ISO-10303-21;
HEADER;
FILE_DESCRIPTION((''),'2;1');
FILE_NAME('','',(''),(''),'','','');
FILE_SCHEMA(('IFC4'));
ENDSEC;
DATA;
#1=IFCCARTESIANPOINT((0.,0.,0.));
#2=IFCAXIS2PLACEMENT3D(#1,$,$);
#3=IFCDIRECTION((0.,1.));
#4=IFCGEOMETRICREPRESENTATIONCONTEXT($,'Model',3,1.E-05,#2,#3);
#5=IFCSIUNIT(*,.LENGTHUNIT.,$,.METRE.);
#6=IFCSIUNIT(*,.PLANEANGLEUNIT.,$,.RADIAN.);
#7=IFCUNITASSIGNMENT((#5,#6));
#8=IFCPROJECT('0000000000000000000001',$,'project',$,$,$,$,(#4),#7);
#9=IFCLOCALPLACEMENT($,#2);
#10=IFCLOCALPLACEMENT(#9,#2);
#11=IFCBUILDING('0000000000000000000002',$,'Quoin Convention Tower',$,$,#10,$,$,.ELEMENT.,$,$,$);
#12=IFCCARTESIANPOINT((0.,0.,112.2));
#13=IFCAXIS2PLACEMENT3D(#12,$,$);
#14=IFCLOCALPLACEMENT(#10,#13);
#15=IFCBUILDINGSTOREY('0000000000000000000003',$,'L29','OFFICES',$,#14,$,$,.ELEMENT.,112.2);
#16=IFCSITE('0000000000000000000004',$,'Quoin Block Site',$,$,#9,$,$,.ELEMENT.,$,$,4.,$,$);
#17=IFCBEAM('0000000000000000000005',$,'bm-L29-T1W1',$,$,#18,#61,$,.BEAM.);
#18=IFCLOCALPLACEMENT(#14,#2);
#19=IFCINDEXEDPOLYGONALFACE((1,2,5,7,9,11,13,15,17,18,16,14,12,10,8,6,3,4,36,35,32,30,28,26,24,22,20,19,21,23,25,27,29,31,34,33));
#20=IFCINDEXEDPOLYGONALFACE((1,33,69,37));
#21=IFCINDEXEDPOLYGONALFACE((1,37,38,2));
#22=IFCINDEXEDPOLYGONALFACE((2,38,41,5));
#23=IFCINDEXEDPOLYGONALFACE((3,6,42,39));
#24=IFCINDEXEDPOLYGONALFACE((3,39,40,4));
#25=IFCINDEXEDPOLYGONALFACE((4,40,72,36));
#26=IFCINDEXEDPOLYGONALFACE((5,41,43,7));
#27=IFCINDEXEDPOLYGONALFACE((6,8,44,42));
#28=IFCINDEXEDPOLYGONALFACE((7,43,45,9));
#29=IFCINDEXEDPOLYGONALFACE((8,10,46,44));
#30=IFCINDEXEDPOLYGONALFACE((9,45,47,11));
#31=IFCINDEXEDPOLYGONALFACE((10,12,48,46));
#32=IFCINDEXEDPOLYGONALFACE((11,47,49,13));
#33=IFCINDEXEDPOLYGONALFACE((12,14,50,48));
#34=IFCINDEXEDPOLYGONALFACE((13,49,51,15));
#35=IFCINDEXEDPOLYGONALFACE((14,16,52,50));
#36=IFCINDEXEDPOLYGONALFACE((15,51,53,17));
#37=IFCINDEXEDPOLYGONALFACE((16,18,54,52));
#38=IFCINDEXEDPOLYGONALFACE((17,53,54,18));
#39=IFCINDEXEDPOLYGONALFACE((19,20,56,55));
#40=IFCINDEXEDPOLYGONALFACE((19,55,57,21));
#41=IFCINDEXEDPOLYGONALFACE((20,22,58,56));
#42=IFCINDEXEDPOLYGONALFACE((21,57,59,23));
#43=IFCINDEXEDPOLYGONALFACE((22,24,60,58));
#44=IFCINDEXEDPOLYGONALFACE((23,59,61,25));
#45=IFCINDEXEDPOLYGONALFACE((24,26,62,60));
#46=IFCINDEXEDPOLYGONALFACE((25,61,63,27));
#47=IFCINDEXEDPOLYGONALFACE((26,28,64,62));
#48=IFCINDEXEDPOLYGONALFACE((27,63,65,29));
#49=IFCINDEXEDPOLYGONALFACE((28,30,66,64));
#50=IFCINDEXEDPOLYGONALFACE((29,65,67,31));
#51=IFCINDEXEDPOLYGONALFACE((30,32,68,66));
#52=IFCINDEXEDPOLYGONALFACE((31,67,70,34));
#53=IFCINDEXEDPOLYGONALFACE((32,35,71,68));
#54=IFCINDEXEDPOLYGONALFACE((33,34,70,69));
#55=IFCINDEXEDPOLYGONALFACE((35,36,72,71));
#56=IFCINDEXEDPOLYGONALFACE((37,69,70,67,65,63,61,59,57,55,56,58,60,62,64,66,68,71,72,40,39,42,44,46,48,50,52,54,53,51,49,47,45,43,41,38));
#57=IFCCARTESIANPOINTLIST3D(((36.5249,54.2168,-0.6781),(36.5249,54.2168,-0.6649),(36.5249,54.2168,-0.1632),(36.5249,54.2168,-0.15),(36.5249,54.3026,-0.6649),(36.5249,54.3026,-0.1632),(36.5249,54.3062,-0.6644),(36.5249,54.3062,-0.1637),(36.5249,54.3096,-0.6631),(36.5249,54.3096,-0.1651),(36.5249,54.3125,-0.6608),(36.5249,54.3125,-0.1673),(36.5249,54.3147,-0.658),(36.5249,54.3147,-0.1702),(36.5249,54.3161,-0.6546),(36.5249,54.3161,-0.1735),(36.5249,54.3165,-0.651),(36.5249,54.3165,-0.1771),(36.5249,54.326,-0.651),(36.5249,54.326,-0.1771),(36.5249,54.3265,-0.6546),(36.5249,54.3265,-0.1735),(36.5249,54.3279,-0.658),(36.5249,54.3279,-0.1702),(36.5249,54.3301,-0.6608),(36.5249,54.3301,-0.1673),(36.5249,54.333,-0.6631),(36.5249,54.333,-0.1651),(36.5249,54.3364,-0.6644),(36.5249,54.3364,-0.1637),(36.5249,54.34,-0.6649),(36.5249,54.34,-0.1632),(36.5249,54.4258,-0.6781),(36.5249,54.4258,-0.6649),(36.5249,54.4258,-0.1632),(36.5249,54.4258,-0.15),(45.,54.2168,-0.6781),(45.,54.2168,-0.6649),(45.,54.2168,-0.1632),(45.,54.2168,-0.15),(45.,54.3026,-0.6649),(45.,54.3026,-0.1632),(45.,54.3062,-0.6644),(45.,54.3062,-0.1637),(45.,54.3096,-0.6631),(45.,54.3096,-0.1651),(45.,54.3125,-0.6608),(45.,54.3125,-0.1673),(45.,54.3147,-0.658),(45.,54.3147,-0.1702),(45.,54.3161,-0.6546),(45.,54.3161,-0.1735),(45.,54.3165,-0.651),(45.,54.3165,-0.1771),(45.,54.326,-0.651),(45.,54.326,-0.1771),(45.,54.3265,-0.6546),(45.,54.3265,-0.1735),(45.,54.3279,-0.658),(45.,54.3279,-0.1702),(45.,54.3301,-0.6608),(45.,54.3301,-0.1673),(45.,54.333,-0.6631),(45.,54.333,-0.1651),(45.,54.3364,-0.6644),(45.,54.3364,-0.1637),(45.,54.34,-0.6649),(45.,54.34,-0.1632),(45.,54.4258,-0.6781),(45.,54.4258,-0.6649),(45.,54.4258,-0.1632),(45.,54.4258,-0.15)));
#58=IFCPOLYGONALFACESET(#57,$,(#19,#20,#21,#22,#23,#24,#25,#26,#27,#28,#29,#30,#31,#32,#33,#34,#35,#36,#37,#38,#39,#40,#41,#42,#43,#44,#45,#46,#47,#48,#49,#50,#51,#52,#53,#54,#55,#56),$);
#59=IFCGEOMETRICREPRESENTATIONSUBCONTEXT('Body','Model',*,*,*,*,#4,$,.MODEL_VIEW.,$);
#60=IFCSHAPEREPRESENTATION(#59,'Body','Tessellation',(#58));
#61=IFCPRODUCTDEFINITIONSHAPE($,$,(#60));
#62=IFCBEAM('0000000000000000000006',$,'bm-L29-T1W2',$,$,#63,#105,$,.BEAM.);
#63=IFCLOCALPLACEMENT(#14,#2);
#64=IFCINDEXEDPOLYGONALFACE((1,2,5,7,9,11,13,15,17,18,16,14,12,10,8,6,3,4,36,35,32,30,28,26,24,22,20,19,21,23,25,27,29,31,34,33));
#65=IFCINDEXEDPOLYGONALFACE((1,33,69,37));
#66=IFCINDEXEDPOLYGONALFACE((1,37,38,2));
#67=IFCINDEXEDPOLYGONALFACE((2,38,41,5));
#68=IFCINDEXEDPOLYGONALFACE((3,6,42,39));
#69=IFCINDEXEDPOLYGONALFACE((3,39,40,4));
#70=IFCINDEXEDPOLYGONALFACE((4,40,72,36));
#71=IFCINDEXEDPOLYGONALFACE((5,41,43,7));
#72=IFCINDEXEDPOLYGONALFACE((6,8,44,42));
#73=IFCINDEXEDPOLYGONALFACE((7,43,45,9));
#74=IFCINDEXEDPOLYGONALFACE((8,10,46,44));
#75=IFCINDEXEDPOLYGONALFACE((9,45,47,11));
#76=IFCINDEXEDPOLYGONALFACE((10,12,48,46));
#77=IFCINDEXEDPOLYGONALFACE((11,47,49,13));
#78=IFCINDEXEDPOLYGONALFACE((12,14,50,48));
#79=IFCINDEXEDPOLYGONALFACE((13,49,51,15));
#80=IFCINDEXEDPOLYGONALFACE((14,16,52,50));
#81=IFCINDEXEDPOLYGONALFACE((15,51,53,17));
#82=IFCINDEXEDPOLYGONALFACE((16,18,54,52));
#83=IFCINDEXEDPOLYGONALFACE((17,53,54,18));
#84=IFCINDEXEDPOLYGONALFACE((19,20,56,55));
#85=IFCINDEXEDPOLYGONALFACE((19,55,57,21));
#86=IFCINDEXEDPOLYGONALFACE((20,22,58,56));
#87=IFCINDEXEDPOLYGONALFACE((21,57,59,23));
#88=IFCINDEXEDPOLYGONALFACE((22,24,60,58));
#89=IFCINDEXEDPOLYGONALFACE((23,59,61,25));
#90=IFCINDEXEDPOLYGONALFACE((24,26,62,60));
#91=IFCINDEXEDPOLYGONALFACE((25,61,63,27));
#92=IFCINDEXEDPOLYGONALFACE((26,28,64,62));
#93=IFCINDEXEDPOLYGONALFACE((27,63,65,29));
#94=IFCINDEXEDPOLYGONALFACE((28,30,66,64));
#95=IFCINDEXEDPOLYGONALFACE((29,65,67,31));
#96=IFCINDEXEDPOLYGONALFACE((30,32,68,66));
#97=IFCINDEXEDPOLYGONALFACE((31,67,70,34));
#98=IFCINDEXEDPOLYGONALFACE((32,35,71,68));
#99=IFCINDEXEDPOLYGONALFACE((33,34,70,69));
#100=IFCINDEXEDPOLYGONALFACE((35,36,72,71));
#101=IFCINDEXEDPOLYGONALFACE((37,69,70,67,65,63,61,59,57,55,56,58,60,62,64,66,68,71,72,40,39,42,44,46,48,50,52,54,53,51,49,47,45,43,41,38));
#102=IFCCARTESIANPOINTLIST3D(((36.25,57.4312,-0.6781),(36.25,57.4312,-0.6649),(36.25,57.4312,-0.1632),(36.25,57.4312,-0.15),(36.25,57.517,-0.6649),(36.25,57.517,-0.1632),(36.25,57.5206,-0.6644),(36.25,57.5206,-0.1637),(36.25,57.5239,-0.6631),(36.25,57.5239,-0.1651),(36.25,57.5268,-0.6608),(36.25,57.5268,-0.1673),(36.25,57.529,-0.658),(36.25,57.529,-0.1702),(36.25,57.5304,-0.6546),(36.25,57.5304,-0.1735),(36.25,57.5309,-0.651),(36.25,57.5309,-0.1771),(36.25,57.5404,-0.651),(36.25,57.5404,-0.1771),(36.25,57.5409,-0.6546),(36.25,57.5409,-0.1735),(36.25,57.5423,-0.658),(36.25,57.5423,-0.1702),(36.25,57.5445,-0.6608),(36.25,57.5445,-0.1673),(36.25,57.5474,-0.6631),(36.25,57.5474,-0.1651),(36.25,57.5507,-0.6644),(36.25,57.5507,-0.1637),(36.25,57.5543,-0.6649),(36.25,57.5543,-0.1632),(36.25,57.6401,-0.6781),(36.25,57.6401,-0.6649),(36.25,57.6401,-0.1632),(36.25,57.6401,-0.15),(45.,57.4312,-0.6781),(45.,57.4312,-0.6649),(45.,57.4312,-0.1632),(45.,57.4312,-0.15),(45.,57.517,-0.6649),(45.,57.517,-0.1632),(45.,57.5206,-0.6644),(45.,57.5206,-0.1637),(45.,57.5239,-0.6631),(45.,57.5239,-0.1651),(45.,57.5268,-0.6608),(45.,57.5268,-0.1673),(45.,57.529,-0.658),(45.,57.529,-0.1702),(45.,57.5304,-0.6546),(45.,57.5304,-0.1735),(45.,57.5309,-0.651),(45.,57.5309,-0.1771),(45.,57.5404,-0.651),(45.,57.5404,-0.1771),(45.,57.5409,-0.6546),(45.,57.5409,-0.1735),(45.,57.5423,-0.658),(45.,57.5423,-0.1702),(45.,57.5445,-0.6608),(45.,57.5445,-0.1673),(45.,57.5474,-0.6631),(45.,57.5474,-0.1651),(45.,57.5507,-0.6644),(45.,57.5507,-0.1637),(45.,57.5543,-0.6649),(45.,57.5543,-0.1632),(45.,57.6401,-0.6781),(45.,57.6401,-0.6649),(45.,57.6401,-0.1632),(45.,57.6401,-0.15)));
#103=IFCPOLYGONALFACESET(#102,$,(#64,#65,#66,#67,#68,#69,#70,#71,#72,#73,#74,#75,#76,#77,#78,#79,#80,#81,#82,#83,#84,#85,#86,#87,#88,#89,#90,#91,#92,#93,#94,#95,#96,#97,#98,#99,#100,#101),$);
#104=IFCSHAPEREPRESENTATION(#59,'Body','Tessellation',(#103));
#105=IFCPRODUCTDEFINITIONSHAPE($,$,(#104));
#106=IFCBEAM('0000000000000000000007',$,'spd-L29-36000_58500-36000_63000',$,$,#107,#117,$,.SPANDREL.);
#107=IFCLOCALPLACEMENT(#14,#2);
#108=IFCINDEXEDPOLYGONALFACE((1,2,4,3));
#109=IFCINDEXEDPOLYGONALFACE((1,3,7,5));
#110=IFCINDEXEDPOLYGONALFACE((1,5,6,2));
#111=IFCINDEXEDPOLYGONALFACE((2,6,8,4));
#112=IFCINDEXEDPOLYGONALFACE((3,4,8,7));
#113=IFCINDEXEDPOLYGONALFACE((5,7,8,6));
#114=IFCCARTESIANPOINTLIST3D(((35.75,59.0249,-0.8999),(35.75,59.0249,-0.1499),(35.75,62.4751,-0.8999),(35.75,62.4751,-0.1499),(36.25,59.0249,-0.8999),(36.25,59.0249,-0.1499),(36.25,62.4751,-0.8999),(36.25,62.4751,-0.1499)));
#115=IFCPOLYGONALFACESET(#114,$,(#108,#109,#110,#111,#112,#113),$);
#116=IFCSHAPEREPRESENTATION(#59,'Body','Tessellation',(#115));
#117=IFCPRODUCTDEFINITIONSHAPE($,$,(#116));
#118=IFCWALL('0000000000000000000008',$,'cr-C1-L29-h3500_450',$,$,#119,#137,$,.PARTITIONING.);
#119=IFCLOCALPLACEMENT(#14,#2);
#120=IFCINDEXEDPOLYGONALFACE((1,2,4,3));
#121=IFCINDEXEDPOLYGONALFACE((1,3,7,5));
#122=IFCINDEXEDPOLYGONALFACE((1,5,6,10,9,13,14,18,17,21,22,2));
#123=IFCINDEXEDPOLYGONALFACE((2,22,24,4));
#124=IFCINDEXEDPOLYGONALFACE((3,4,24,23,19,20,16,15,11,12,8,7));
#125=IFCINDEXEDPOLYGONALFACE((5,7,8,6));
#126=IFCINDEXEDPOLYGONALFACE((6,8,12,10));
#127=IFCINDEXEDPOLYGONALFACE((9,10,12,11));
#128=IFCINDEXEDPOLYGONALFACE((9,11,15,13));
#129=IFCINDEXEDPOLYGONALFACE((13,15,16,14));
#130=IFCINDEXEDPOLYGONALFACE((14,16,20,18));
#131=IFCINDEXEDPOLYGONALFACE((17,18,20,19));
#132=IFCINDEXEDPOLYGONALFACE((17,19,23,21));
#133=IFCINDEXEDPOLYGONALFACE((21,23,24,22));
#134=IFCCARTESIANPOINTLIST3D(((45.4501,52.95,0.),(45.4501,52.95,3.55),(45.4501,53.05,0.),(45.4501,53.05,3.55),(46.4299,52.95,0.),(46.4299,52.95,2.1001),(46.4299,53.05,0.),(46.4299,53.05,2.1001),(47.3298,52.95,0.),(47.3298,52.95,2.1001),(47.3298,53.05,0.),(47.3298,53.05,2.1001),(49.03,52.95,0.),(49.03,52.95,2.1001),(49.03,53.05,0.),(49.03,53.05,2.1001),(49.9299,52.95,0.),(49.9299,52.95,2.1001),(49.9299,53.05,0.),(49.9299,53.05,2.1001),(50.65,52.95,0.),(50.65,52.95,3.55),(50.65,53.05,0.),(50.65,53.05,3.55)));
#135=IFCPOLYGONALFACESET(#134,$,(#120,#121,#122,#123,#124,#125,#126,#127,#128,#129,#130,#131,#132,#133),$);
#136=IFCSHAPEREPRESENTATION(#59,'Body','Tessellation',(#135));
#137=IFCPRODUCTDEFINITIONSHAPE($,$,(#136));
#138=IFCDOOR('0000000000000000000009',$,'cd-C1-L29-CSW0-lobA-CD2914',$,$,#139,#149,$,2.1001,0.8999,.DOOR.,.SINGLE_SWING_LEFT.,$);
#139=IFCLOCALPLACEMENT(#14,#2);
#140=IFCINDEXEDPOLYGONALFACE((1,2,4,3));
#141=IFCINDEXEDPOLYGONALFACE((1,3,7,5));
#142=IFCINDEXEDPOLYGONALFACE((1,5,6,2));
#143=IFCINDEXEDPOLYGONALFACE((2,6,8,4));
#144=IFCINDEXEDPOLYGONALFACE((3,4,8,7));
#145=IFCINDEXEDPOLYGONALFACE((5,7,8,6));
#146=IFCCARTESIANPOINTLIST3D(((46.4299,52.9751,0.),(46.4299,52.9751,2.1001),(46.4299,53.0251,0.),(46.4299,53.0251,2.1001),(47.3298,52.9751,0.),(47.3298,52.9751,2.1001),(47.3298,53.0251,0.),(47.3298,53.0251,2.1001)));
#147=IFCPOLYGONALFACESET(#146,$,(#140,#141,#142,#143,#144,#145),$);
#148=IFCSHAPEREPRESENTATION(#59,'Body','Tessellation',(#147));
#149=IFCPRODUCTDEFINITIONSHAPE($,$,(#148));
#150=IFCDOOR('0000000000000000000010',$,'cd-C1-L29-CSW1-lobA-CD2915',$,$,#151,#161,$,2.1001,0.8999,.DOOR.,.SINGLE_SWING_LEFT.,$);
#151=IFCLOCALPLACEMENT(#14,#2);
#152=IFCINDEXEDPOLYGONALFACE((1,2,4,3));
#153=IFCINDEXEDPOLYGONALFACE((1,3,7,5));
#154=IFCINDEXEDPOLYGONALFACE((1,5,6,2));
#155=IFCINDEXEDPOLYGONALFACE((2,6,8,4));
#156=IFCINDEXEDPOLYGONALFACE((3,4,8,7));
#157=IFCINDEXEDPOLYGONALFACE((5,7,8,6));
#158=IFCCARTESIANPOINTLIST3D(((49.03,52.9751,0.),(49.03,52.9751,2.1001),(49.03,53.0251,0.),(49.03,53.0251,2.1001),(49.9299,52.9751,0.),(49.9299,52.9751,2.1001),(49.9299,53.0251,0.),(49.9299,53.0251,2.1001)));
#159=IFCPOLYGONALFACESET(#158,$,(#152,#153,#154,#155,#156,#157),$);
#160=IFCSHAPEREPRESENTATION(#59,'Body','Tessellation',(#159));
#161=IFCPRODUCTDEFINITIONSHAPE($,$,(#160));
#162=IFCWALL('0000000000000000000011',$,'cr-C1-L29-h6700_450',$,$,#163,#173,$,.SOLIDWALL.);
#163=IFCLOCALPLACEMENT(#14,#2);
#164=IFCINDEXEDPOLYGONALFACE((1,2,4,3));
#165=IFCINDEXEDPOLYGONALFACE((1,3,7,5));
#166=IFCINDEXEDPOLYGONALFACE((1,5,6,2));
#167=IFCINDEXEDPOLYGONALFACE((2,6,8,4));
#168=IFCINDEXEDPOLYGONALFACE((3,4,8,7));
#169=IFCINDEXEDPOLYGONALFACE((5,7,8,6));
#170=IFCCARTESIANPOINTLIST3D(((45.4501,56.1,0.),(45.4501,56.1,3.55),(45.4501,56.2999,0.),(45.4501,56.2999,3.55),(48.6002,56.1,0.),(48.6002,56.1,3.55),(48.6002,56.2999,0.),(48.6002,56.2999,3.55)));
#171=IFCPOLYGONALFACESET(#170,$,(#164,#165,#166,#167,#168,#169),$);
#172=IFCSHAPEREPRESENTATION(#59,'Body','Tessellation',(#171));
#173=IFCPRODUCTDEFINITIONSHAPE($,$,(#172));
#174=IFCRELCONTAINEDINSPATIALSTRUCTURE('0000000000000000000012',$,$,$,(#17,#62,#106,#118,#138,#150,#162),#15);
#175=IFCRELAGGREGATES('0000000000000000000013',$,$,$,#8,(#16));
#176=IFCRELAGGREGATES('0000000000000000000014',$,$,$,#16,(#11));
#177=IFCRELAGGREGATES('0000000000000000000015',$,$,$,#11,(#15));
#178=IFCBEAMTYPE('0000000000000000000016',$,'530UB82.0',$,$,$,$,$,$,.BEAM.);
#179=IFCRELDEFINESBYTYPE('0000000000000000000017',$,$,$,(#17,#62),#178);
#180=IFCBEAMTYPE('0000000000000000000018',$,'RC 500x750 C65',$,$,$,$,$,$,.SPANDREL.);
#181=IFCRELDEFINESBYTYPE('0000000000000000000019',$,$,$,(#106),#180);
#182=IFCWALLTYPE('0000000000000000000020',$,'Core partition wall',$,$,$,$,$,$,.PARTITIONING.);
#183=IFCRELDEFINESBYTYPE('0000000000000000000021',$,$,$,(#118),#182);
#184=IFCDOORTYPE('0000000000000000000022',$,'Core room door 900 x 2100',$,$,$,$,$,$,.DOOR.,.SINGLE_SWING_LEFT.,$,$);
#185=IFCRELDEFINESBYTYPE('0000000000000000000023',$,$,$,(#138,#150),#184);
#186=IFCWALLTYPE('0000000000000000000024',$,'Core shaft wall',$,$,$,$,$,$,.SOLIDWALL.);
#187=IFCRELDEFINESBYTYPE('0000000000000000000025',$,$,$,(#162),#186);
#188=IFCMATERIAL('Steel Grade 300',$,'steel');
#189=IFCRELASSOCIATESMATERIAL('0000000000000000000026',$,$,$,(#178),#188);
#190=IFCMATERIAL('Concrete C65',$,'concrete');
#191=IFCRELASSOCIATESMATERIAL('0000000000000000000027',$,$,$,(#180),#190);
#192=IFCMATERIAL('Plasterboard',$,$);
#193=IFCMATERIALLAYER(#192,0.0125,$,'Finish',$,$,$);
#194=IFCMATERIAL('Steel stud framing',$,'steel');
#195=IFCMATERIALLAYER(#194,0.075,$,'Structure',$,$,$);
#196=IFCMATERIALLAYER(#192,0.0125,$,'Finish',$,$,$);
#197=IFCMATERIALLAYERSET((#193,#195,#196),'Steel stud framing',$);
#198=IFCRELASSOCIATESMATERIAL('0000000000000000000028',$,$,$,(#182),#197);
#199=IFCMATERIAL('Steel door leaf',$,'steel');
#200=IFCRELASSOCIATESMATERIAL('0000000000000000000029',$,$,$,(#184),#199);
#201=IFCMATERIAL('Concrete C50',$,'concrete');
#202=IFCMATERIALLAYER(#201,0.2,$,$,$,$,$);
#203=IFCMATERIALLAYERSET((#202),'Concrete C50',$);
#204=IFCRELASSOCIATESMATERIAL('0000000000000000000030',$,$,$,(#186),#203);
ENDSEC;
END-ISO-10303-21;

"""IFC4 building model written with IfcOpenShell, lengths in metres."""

from ifc_helpers import new_model, si_unit, direction, frame, frame_2d, origin, origin_2d, place, context, subcontext, project, spatial, rectangle, i_section, extrude, material, layer, layer_set, material_profile, profile_set, type_object, element, fill, save


model = new_model("IFC4")

# Units and contexts
model_context = context("Model", 3, precision=1e-05, world=origin(), true_north=direction((0.0, 1.0)))
body_context = subcontext(model_context, "Body", "Model", "MODEL_VIEW")
ifc_project = project(units=[si_unit("LENGTHUNIT", "METRE"), si_unit("PLANEANGLEUNIT", "RADIAN")], contexts=[model_context])

# Site, building, storey
site_placement = place(None, origin())
site = spatial("IfcSite", under=ifc_project, at=site_placement, Name="Quoin Block Site", CompositionType="ELEMENT", RefElevation=4.0)
building_placement = place(site_placement, origin())
building = spatial("IfcBuilding", under=site, at=building_placement, Name="Quoin Convention Tower", CompositionType="ELEMENT")
storey_placement = place(building_placement, frame((0.0, 0.0, 112.2)))
storey = spatial("IfcBuildingStorey", under=building, at=storey_placement, Name="L29", Description="OFFICES", CompositionType="ELEMENT", Elevation=112.2)

# Beams
ifc_material_1 = material(Name="Steel Grade 300", Category="steel")
ifc_material_profile_1 = material_profile(ifc_material_1, i_section(OverallWidth=0.209, OverallDepth=0.5281, WebThickness=0.0095, FlangeThickness=0.0132, FilletRadius=0.0139, at=origin_2d()), Name="530UB82.0")
ifc_profile_set_1 = profile_set([ifc_material_profile_1], Name="Steel Grade 300")
beam_type_1 = type_object("IfcBeamType", Name="530UB82.0", PredefinedType="BEAM", material=ifc_profile_set_1)
beam_1_placement = place(storey_placement, frame((36.5249, 54.3213, -0.4141), z_axis=(1.0, 0.0, 0.0), x_axis=(0.0, 1.0, 0.0)))
element("IfcBeam", 1, at=beam_1_placement, inside=storey, type_object=beam_type_1, Name="bm-L29-T1W1", PredefinedType="BEAM", context=body_context, shape_type="SweptSolid", body=[
    extrude(i_section(OverallWidth=0.209, OverallDepth=0.5281, WebThickness=0.0095, FlangeThickness=0.0132, FilletRadius=0.0139, at=origin_2d()), origin(), (0.0, 0.0, 1.0), 8.4751),
])
beam_2_placement = place(storey_placement, frame((36.25, 57.5356, -0.4141), z_axis=(1.0, 0.0, 0.0), x_axis=(0.0, 1.0, 0.0)))
element("IfcBeam", 2, at=beam_2_placement, inside=storey, type_object=beam_type_1, Name="bm-L29-T1W2", PredefinedType="BEAM", context=body_context, shape_type="SweptSolid", body=[
    extrude(i_section(OverallWidth=0.209, OverallDepth=0.5281, WebThickness=0.0095, FlangeThickness=0.0132, FilletRadius=0.0139, at=origin_2d()), origin(), (0.0, 0.0, 1.0), 8.75),
])
ifc_material_2 = material(Name="Concrete C65", Category="concrete")
ifc_material_profile_2 = material_profile(ifc_material_2, rectangle(XDim=0.5, YDim=0.75, at=origin_2d()), Name="RC 500x750")
ifc_profile_set_2 = profile_set([ifc_material_profile_2], Name="Concrete C65")
beam_type_2 = type_object("IfcBeamType", Name="RC 500x750 C65", PredefinedType="SPANDREL", material=ifc_profile_set_2)
beam_3_placement = place(storey_placement, frame((36.0, 59.0249, -0.5249), z_axis=(0.0, 1.0, 0.0), x_axis=(-1.0, 0.0, 0.0)))
element("IfcBeam", 3, at=beam_3_placement, inside=storey, type_object=beam_type_2, Name="spd-L29-36000_58500-36000_63000", PredefinedType="SPANDREL", context=body_context, shape_type="SweptSolid", body=[
    extrude(rectangle(XDim=0.5, YDim=0.75, at=origin_2d()), origin(), (0.0, 0.0, 1.0), 3.4502),
])

# Wall, openings, doors
ifc_material_3 = material(Name="Plasterboard")
ifc_layer_1 = layer(ifc_material_3, 0.0125, Name="Finish")
ifc_material_4 = material(Name="Steel stud framing", Category="steel")
ifc_layer_2 = layer(ifc_material_4, 0.075, Name="Structure")
ifc_layer_3 = layer(ifc_material_3, 0.0125, Name="Finish")
ifc_layer_set_1 = layer_set([ifc_layer_1, ifc_layer_2, ifc_layer_3], Name="Steel stud framing")
wall_type_1 = type_object("IfcWallType", Name="Core partition wall", PredefinedType="PARTITIONING", material=ifc_layer_set_1)
wall_1_placement = place(storey_placement, frame((45.45, 53.0, 0.0), z_axis=(0.0, 0.0, 1.0), x_axis=(1.0, 0.0, 0.0)))
wall_1 = element("IfcWall", 4, at=wall_1_placement, inside=storey, type_object=wall_type_1, Name="cr-C1-L29-h3500_450", PredefinedType="PARTITIONING", context=body_context, shape_type="SweptSolid", body=[
    extrude(rectangle(XDim=5.2, YDim=0.1001, at=frame_2d((2.6001, 0.0))), origin(), (0.0, 0.0, 1.0), 3.55),
])
opening_1_placement = place(wall_1_placement, frame((0.98, 0.0, 0.0)))
opening_1 = element("IfcOpeningElement", 5, at=opening_1_placement, cuts=wall_1, PredefinedType="OPENING", context=body_context, shape_type="SweptSolid", body=[
    extrude(rectangle(XDim=0.8999, YDim=2.1001, at=frame_2d((0.45, 1.05))), frame((0.0, 0.0601, 0.0), z_axis=(0.0, -1.0, 0.0), x_axis=(1.0, 0.0, 0.0)), (0.0, 0.0, 1.0), 0.1201),
])
opening_2_placement = place(wall_1_placement, frame((3.5801, 0.0, 0.0)))
opening_2 = element("IfcOpeningElement", 6, at=opening_2_placement, cuts=wall_1, PredefinedType="OPENING", context=body_context, shape_type="SweptSolid", body=[
    extrude(rectangle(XDim=0.8999, YDim=2.1001, at=frame_2d((0.45, 1.05))), frame((0.0, 0.0601, 0.0), z_axis=(0.0, -1.0, 0.0), x_axis=(1.0, 0.0, 0.0)), (0.0, 0.0, 1.0), 0.1201),
])
ifc_material_5 = material(Name="Steel door leaf", Category="steel")
door_type_1 = type_object("IfcDoorType", Name="Core room door 900 x 2100", OperationType="SINGLE_SWING_LEFT", PredefinedType="DOOR", material=ifc_material_5)
door_1_placement = place(opening_1_placement, frame((0.8999, 0.0, 0.0), z_axis=(0.0, 0.0, 1.0), x_axis=(-1.0, 0.0, 0.0)))
door_1 = element("IfcDoor", 7, at=door_1_placement, inside=storey, type_object=door_type_1, Name="cd-C1-L29-CSW0-lobA-CD2914", OperationType="SINGLE_SWING_LEFT", OverallHeight=2.1001, OverallWidth=0.8999, PredefinedType="DOOR", context=body_context, shape_type="SweptSolid", body=[
    extrude(rectangle(XDim=0.8999, YDim=2.1001, at=frame_2d((0.45, 1.05))), frame((0.0, 0.0249, 0.0), z_axis=(0.0, -1.0, 0.0), x_axis=(1.0, 0.0, 0.0)), (0.0, 0.0, 1.0), 0.05),
])
fill(opening_1, door_1)
door_2_placement = place(opening_2_placement, frame((0.8999, 0.0, 0.0), z_axis=(0.0, 0.0, 1.0), x_axis=(-1.0, 0.0, 0.0)))
door_2 = element("IfcDoor", 8, at=door_2_placement, inside=storey, type_object=door_type_1, Name="cd-C1-L29-CSW1-lobA-CD2915", OperationType="SINGLE_SWING_LEFT", OverallHeight=2.1001, OverallWidth=0.8999, PredefinedType="DOOR", context=body_context, shape_type="SweptSolid", body=[
    extrude(rectangle(XDim=0.8999, YDim=2.1001, at=frame_2d((0.45, 1.05))), frame((0.0, 0.0249, 0.0), z_axis=(0.0, -1.0, 0.0), x_axis=(1.0, 0.0, 0.0)), (0.0, 0.0, 1.0), 0.05),
])
fill(opening_2, door_2)

# Wall
ifc_material_6 = material(Name="Concrete C50", Category="concrete")
ifc_layer_4 = layer(ifc_material_6, 0.2)
ifc_layer_set_2 = layer_set([ifc_layer_4], Name="Concrete C50")
wall_type_2 = type_object("IfcWallType", Name="Core shaft wall", PredefinedType="SOLIDWALL", material=ifc_layer_set_2)
wall_2_placement = place(storey_placement, frame((45.45, 56.2, 0.0), z_axis=(0.0, 0.0, 1.0), x_axis=(1.0, 0.0, 0.0)))
element("IfcWall", 9, at=wall_2_placement, inside=storey, type_object=wall_type_2, Name="cr-C1-L29-h6700_450", PredefinedType="SOLIDWALL", context=body_context, shape_type="SweptSolid", body=[
    extrude(rectangle(XDim=3.1501, YDim=0.2, at=frame_2d((1.5752, 0.0))), origin(), (0.0, 0.0, 1.0), 3.55),
])

save(model, "model.ifc")
